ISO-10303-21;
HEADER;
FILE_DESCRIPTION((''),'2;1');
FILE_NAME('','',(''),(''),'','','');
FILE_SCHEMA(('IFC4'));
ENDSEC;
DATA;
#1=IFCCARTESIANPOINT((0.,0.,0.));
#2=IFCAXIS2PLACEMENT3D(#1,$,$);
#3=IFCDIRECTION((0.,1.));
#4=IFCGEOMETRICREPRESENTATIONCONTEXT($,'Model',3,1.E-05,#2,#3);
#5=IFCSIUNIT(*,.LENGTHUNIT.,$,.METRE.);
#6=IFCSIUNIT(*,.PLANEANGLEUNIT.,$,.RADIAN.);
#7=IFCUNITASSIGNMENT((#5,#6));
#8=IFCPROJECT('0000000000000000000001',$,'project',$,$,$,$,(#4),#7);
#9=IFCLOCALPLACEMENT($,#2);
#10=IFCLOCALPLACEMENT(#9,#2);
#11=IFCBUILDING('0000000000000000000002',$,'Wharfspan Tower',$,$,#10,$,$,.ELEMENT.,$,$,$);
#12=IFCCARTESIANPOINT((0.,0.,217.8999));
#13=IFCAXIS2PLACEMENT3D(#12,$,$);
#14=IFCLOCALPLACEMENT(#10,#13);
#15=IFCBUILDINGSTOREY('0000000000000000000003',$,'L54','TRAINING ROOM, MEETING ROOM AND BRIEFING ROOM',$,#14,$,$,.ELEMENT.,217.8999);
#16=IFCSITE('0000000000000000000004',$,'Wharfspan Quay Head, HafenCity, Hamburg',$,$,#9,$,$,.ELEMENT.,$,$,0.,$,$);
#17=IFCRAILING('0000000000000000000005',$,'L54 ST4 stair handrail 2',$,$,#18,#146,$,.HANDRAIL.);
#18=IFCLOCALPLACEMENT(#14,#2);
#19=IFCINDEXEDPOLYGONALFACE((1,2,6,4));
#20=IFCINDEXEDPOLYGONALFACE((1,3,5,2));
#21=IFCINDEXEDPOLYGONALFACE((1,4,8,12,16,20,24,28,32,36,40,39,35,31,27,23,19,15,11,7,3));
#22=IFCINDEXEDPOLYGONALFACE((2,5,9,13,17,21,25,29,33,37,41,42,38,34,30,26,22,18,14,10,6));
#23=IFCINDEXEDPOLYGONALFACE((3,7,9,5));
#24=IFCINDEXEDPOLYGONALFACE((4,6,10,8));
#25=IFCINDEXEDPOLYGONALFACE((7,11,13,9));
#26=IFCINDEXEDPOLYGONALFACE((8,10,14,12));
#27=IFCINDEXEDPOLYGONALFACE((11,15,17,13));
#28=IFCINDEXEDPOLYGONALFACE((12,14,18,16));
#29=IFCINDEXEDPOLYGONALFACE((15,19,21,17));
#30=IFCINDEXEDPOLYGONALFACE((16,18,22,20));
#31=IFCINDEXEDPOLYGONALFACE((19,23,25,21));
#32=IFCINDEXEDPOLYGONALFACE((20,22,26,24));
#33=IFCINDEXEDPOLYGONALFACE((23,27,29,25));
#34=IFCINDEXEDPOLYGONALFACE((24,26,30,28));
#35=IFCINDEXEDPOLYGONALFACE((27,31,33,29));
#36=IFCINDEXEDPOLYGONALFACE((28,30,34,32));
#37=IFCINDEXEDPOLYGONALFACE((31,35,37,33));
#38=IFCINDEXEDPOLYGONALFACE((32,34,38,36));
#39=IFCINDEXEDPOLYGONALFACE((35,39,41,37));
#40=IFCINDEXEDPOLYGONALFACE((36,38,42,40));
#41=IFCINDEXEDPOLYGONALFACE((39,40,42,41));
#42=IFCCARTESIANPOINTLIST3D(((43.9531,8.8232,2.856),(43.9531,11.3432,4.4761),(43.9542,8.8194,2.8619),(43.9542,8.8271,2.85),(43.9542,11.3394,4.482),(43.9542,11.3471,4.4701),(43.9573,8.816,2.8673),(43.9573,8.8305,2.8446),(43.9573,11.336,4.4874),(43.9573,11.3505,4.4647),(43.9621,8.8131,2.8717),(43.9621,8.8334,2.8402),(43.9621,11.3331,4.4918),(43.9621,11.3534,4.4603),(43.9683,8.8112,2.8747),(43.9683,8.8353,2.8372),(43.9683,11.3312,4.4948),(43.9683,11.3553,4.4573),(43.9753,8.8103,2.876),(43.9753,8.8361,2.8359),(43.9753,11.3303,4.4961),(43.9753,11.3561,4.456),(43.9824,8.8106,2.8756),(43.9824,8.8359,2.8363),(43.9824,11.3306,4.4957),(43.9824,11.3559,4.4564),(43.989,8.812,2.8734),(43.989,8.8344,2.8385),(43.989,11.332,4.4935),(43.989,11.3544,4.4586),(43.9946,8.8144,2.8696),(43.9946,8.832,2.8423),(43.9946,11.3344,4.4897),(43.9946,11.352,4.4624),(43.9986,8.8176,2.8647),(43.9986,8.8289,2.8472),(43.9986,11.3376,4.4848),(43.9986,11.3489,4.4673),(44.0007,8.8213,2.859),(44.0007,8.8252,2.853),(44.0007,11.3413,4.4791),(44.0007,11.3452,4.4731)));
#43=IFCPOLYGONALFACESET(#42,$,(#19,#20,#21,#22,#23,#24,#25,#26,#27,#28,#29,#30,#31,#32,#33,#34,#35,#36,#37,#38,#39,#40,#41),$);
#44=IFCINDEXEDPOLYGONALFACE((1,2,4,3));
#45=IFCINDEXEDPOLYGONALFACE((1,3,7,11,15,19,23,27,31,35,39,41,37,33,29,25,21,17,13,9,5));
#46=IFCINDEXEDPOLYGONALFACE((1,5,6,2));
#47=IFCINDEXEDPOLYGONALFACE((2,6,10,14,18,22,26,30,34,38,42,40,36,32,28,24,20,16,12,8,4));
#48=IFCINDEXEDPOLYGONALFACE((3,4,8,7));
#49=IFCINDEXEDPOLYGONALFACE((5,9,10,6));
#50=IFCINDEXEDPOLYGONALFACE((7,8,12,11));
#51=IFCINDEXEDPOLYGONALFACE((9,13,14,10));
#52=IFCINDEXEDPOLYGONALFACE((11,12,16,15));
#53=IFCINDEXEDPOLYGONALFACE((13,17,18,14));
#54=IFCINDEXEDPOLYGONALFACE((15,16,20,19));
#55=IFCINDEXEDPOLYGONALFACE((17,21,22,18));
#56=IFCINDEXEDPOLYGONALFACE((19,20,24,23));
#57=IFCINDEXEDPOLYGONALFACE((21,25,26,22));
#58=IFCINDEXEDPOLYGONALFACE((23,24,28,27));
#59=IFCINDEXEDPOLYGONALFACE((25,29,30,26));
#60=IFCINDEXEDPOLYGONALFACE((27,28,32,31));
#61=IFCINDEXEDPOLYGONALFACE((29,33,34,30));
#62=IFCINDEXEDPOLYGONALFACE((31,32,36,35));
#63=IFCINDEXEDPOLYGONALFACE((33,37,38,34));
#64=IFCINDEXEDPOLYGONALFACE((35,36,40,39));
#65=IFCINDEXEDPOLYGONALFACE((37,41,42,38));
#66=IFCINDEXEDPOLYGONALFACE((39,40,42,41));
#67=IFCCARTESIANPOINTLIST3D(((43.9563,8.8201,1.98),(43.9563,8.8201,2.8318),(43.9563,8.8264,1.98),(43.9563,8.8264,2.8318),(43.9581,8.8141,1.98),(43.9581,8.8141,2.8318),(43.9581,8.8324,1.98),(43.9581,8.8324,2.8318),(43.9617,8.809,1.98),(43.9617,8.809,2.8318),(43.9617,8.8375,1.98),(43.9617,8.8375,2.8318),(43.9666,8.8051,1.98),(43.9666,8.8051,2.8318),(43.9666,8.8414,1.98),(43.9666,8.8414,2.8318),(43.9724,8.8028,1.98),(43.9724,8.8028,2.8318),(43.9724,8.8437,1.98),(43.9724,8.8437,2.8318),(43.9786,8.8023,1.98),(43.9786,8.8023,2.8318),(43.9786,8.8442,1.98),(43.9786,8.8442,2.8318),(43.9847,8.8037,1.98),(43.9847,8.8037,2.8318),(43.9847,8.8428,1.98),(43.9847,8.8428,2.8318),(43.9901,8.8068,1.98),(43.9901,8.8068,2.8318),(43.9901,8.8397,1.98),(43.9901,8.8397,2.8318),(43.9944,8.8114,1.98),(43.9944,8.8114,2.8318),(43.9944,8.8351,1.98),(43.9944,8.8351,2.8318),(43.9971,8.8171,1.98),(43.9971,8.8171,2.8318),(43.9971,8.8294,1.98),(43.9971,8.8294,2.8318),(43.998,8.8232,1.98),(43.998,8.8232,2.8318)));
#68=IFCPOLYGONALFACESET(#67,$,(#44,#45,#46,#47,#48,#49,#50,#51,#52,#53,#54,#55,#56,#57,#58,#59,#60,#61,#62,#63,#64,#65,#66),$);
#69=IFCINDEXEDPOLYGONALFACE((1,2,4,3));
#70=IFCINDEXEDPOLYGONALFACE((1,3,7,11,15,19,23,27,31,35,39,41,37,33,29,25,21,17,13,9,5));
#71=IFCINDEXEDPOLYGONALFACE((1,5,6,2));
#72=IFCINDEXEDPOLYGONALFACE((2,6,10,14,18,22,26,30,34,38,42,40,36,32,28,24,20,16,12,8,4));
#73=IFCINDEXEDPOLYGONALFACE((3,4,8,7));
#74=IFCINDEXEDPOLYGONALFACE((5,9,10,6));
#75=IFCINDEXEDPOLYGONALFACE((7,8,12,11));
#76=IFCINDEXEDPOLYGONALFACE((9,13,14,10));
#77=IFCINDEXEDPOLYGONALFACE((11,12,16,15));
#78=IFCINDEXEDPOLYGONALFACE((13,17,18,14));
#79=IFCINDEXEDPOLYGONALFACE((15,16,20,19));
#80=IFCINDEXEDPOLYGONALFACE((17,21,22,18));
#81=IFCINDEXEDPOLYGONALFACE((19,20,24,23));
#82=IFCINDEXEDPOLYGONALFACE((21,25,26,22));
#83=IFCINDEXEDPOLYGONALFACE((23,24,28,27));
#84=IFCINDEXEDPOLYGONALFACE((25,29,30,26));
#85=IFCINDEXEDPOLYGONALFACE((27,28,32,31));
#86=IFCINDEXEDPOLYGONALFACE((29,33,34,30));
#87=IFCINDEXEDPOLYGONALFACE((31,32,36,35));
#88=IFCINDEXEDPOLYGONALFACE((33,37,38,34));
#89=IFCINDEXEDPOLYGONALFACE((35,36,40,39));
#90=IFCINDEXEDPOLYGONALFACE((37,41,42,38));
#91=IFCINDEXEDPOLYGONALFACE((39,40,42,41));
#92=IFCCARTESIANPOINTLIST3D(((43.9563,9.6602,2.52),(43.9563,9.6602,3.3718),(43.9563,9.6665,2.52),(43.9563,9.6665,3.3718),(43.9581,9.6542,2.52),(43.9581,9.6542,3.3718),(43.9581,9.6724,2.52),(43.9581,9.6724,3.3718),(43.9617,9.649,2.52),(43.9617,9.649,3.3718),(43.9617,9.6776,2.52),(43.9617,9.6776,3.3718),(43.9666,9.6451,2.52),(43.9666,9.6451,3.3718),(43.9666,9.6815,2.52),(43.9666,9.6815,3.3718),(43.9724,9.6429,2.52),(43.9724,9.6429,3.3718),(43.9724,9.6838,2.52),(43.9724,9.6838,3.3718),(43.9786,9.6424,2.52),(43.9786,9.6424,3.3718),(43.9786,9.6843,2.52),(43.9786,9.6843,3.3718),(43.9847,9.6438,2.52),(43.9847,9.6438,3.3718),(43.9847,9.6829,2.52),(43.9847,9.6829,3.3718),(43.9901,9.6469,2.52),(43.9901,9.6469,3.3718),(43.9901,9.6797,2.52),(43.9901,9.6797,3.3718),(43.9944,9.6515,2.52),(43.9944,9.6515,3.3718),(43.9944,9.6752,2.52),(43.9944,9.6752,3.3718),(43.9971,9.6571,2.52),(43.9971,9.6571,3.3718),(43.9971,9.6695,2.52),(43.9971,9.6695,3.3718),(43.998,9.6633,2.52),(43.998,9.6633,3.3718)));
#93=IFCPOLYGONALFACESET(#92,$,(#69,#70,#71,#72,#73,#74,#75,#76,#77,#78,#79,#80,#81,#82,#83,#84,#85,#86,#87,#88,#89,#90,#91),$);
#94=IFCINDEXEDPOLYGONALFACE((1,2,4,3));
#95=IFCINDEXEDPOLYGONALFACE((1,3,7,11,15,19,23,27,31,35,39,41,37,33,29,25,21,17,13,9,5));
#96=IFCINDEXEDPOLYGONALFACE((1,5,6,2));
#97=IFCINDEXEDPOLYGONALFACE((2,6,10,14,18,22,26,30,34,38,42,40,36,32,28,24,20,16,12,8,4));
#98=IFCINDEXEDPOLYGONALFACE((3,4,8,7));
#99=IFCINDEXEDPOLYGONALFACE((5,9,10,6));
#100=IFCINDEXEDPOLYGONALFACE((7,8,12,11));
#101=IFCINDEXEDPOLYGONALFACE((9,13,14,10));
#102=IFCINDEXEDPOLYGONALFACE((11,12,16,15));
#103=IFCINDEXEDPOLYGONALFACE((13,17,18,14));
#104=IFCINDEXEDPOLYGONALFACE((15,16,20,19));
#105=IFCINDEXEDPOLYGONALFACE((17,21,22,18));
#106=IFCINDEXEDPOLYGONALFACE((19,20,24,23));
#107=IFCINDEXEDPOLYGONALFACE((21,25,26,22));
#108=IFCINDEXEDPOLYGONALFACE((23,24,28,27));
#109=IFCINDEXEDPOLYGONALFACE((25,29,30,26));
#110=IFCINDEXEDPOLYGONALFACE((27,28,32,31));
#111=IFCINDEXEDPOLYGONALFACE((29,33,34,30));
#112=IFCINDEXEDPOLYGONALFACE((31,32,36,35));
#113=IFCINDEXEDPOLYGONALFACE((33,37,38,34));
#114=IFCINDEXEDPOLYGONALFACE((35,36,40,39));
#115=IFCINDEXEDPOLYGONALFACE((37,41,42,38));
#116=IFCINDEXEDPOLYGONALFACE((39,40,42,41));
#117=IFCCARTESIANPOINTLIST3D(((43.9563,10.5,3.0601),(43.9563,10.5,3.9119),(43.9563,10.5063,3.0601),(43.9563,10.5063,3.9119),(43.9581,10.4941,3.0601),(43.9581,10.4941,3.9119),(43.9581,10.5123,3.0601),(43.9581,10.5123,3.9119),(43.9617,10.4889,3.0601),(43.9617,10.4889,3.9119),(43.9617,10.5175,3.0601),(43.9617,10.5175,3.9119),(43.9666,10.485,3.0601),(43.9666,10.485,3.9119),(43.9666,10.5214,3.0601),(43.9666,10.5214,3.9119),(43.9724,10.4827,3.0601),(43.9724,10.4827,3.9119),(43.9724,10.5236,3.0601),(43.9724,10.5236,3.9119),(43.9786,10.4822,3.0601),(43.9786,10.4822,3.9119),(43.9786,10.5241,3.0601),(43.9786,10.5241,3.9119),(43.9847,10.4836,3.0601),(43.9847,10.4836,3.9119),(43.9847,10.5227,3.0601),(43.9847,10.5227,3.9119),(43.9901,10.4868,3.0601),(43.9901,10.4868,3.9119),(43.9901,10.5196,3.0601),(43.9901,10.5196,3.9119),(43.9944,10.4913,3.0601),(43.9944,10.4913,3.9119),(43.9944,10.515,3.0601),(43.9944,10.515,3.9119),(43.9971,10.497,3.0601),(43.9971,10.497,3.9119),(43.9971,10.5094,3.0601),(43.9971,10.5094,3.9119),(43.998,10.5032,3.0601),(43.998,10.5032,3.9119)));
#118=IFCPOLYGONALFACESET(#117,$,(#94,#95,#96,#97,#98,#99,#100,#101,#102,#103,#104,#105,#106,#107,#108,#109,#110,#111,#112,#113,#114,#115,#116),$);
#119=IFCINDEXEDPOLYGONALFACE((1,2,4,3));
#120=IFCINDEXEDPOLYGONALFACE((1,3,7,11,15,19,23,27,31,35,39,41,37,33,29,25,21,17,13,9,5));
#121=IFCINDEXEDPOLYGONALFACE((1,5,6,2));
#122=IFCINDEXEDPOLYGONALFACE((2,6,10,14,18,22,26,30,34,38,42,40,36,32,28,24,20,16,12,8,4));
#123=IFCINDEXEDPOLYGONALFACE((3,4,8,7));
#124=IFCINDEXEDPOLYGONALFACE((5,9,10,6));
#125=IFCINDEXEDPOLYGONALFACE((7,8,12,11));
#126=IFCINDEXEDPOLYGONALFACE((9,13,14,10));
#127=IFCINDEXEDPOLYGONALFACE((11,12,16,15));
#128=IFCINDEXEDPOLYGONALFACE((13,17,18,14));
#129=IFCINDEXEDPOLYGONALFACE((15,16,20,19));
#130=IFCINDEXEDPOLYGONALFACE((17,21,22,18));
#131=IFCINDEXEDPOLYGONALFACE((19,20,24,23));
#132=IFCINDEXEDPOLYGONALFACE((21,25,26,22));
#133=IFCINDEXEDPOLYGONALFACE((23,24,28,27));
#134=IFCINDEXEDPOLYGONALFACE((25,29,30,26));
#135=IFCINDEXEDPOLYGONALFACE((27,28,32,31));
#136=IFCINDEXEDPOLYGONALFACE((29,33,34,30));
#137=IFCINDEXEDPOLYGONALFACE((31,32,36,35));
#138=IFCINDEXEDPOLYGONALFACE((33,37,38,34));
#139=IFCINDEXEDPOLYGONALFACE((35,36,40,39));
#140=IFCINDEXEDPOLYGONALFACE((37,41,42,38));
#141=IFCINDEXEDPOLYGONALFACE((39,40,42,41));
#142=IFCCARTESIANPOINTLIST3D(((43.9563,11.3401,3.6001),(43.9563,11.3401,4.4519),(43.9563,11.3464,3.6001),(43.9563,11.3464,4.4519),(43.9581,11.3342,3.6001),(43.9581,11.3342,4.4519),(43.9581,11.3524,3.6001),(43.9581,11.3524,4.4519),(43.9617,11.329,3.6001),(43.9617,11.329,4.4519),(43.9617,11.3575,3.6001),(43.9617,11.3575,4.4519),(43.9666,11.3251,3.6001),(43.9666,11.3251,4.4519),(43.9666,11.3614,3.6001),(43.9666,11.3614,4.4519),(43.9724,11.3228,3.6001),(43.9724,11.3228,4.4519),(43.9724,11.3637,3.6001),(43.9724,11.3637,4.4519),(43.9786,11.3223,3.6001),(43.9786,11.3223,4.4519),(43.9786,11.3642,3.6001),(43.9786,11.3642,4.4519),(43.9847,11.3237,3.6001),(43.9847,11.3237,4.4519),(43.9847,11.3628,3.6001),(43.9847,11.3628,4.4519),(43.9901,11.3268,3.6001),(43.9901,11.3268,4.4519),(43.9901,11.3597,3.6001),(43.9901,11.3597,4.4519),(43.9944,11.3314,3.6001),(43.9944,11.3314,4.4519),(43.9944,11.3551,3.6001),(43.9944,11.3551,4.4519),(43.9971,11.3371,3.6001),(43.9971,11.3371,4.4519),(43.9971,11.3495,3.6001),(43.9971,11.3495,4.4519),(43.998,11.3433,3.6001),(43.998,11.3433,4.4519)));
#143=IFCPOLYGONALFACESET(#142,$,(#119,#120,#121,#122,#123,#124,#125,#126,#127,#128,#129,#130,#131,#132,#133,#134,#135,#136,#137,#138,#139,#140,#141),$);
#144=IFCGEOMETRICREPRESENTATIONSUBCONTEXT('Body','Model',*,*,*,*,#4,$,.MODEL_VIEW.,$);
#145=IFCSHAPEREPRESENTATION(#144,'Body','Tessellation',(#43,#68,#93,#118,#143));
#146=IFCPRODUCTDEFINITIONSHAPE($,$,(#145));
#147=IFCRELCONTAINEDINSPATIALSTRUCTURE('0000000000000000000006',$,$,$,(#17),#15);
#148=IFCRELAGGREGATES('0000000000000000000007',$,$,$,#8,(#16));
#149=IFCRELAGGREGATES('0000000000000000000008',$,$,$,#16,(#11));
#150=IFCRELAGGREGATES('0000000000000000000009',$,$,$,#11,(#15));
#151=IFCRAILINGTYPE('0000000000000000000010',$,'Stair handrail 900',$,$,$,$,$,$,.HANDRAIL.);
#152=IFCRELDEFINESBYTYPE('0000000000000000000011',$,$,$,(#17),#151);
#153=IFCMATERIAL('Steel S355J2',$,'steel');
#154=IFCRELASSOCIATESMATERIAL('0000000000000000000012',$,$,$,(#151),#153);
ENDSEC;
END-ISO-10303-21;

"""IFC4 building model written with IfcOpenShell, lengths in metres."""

from ifc_helpers import new_model, si_unit, direction, frame, origin, origin_2d, place, context, subcontext, project, spatial, circle, extrude, material, type_object, element, save


model = new_model("IFC4")

# Units and contexts
model_context = context("Model", 3, precision=1e-05, world=origin(), true_north=direction((0.0, 1.0)))
body_context = subcontext(model_context, "Body", "Model", "MODEL_VIEW")
ifc_project = project(units=[si_unit("LENGTHUNIT", "METRE"), si_unit("PLANEANGLEUNIT", "RADIAN")], contexts=[model_context])

# Site, building, storey
site_placement = place(None, origin())
site = spatial("IfcSite", under=ifc_project, at=site_placement, Name="Wharfspan Quay Head, HafenCity, Hamburg", CompositionType="ELEMENT", RefElevation=0.0)
building_placement = place(site_placement, origin())
building = spatial("IfcBuilding", under=site, at=building_placement, Name="Wharfspan Tower", CompositionType="ELEMENT")
storey_placement = place(building_placement, frame((0.0, 0.0, 217.8999)))
storey = spatial("IfcBuildingStorey", under=building, at=storey_placement, Name="L54", Description="TRAINING ROOM, MEETING ROOM AND BRIEFING ROOM", CompositionType="ELEMENT", Elevation=217.8999)

# Shared definitions
ifc_material_1 = material(Name="Steel S355J2", Category="steel")

# Railing
railing_type = type_object("IfcRailingType", Name="Stair handrail 900", PredefinedType="HANDRAIL", material=ifc_material_1)
railing_placement = place(storey_placement, frame((43.9771, 8.8232, 1.98)))
element("IfcRailing", 1, at=railing_placement, inside=storey, type_object=railing_type, Name="L54 ST4 stair handrail 2", PredefinedType="HANDRAIL", context=body_context, shape_type="SweptSolid", body=[
    extrude(circle(Radius=0.0239, at=origin_2d()), frame((0.0, 0.0, 0.876), z_axis=(0.0, 0.841163, 0.540782), x_axis=(-1.0, 0.0, 0.0)), (0.0, 0.0, 1.0), 2.9958),
    extrude(circle(Radius=0.021, at=origin_2d()), origin(), (0.0, 0.0, 1.0), 0.8518),
    extrude(circle(Radius=0.021, at=origin_2d()), frame((0.0, 0.8401, 0.54)), (0.0, 0.0, 1.0), 0.8518),
    extrude(circle(Radius=0.021, at=origin_2d()), frame((0.0, 1.6799, 1.0801)), (0.0, 0.0, 1.0), 0.8518),
    extrude(circle(Radius=0.021, at=origin_2d()), frame((0.0, 2.52, 1.6201)), (0.0, 0.0, 1.0), 0.8518),
])

save(model, "model.ifc")
